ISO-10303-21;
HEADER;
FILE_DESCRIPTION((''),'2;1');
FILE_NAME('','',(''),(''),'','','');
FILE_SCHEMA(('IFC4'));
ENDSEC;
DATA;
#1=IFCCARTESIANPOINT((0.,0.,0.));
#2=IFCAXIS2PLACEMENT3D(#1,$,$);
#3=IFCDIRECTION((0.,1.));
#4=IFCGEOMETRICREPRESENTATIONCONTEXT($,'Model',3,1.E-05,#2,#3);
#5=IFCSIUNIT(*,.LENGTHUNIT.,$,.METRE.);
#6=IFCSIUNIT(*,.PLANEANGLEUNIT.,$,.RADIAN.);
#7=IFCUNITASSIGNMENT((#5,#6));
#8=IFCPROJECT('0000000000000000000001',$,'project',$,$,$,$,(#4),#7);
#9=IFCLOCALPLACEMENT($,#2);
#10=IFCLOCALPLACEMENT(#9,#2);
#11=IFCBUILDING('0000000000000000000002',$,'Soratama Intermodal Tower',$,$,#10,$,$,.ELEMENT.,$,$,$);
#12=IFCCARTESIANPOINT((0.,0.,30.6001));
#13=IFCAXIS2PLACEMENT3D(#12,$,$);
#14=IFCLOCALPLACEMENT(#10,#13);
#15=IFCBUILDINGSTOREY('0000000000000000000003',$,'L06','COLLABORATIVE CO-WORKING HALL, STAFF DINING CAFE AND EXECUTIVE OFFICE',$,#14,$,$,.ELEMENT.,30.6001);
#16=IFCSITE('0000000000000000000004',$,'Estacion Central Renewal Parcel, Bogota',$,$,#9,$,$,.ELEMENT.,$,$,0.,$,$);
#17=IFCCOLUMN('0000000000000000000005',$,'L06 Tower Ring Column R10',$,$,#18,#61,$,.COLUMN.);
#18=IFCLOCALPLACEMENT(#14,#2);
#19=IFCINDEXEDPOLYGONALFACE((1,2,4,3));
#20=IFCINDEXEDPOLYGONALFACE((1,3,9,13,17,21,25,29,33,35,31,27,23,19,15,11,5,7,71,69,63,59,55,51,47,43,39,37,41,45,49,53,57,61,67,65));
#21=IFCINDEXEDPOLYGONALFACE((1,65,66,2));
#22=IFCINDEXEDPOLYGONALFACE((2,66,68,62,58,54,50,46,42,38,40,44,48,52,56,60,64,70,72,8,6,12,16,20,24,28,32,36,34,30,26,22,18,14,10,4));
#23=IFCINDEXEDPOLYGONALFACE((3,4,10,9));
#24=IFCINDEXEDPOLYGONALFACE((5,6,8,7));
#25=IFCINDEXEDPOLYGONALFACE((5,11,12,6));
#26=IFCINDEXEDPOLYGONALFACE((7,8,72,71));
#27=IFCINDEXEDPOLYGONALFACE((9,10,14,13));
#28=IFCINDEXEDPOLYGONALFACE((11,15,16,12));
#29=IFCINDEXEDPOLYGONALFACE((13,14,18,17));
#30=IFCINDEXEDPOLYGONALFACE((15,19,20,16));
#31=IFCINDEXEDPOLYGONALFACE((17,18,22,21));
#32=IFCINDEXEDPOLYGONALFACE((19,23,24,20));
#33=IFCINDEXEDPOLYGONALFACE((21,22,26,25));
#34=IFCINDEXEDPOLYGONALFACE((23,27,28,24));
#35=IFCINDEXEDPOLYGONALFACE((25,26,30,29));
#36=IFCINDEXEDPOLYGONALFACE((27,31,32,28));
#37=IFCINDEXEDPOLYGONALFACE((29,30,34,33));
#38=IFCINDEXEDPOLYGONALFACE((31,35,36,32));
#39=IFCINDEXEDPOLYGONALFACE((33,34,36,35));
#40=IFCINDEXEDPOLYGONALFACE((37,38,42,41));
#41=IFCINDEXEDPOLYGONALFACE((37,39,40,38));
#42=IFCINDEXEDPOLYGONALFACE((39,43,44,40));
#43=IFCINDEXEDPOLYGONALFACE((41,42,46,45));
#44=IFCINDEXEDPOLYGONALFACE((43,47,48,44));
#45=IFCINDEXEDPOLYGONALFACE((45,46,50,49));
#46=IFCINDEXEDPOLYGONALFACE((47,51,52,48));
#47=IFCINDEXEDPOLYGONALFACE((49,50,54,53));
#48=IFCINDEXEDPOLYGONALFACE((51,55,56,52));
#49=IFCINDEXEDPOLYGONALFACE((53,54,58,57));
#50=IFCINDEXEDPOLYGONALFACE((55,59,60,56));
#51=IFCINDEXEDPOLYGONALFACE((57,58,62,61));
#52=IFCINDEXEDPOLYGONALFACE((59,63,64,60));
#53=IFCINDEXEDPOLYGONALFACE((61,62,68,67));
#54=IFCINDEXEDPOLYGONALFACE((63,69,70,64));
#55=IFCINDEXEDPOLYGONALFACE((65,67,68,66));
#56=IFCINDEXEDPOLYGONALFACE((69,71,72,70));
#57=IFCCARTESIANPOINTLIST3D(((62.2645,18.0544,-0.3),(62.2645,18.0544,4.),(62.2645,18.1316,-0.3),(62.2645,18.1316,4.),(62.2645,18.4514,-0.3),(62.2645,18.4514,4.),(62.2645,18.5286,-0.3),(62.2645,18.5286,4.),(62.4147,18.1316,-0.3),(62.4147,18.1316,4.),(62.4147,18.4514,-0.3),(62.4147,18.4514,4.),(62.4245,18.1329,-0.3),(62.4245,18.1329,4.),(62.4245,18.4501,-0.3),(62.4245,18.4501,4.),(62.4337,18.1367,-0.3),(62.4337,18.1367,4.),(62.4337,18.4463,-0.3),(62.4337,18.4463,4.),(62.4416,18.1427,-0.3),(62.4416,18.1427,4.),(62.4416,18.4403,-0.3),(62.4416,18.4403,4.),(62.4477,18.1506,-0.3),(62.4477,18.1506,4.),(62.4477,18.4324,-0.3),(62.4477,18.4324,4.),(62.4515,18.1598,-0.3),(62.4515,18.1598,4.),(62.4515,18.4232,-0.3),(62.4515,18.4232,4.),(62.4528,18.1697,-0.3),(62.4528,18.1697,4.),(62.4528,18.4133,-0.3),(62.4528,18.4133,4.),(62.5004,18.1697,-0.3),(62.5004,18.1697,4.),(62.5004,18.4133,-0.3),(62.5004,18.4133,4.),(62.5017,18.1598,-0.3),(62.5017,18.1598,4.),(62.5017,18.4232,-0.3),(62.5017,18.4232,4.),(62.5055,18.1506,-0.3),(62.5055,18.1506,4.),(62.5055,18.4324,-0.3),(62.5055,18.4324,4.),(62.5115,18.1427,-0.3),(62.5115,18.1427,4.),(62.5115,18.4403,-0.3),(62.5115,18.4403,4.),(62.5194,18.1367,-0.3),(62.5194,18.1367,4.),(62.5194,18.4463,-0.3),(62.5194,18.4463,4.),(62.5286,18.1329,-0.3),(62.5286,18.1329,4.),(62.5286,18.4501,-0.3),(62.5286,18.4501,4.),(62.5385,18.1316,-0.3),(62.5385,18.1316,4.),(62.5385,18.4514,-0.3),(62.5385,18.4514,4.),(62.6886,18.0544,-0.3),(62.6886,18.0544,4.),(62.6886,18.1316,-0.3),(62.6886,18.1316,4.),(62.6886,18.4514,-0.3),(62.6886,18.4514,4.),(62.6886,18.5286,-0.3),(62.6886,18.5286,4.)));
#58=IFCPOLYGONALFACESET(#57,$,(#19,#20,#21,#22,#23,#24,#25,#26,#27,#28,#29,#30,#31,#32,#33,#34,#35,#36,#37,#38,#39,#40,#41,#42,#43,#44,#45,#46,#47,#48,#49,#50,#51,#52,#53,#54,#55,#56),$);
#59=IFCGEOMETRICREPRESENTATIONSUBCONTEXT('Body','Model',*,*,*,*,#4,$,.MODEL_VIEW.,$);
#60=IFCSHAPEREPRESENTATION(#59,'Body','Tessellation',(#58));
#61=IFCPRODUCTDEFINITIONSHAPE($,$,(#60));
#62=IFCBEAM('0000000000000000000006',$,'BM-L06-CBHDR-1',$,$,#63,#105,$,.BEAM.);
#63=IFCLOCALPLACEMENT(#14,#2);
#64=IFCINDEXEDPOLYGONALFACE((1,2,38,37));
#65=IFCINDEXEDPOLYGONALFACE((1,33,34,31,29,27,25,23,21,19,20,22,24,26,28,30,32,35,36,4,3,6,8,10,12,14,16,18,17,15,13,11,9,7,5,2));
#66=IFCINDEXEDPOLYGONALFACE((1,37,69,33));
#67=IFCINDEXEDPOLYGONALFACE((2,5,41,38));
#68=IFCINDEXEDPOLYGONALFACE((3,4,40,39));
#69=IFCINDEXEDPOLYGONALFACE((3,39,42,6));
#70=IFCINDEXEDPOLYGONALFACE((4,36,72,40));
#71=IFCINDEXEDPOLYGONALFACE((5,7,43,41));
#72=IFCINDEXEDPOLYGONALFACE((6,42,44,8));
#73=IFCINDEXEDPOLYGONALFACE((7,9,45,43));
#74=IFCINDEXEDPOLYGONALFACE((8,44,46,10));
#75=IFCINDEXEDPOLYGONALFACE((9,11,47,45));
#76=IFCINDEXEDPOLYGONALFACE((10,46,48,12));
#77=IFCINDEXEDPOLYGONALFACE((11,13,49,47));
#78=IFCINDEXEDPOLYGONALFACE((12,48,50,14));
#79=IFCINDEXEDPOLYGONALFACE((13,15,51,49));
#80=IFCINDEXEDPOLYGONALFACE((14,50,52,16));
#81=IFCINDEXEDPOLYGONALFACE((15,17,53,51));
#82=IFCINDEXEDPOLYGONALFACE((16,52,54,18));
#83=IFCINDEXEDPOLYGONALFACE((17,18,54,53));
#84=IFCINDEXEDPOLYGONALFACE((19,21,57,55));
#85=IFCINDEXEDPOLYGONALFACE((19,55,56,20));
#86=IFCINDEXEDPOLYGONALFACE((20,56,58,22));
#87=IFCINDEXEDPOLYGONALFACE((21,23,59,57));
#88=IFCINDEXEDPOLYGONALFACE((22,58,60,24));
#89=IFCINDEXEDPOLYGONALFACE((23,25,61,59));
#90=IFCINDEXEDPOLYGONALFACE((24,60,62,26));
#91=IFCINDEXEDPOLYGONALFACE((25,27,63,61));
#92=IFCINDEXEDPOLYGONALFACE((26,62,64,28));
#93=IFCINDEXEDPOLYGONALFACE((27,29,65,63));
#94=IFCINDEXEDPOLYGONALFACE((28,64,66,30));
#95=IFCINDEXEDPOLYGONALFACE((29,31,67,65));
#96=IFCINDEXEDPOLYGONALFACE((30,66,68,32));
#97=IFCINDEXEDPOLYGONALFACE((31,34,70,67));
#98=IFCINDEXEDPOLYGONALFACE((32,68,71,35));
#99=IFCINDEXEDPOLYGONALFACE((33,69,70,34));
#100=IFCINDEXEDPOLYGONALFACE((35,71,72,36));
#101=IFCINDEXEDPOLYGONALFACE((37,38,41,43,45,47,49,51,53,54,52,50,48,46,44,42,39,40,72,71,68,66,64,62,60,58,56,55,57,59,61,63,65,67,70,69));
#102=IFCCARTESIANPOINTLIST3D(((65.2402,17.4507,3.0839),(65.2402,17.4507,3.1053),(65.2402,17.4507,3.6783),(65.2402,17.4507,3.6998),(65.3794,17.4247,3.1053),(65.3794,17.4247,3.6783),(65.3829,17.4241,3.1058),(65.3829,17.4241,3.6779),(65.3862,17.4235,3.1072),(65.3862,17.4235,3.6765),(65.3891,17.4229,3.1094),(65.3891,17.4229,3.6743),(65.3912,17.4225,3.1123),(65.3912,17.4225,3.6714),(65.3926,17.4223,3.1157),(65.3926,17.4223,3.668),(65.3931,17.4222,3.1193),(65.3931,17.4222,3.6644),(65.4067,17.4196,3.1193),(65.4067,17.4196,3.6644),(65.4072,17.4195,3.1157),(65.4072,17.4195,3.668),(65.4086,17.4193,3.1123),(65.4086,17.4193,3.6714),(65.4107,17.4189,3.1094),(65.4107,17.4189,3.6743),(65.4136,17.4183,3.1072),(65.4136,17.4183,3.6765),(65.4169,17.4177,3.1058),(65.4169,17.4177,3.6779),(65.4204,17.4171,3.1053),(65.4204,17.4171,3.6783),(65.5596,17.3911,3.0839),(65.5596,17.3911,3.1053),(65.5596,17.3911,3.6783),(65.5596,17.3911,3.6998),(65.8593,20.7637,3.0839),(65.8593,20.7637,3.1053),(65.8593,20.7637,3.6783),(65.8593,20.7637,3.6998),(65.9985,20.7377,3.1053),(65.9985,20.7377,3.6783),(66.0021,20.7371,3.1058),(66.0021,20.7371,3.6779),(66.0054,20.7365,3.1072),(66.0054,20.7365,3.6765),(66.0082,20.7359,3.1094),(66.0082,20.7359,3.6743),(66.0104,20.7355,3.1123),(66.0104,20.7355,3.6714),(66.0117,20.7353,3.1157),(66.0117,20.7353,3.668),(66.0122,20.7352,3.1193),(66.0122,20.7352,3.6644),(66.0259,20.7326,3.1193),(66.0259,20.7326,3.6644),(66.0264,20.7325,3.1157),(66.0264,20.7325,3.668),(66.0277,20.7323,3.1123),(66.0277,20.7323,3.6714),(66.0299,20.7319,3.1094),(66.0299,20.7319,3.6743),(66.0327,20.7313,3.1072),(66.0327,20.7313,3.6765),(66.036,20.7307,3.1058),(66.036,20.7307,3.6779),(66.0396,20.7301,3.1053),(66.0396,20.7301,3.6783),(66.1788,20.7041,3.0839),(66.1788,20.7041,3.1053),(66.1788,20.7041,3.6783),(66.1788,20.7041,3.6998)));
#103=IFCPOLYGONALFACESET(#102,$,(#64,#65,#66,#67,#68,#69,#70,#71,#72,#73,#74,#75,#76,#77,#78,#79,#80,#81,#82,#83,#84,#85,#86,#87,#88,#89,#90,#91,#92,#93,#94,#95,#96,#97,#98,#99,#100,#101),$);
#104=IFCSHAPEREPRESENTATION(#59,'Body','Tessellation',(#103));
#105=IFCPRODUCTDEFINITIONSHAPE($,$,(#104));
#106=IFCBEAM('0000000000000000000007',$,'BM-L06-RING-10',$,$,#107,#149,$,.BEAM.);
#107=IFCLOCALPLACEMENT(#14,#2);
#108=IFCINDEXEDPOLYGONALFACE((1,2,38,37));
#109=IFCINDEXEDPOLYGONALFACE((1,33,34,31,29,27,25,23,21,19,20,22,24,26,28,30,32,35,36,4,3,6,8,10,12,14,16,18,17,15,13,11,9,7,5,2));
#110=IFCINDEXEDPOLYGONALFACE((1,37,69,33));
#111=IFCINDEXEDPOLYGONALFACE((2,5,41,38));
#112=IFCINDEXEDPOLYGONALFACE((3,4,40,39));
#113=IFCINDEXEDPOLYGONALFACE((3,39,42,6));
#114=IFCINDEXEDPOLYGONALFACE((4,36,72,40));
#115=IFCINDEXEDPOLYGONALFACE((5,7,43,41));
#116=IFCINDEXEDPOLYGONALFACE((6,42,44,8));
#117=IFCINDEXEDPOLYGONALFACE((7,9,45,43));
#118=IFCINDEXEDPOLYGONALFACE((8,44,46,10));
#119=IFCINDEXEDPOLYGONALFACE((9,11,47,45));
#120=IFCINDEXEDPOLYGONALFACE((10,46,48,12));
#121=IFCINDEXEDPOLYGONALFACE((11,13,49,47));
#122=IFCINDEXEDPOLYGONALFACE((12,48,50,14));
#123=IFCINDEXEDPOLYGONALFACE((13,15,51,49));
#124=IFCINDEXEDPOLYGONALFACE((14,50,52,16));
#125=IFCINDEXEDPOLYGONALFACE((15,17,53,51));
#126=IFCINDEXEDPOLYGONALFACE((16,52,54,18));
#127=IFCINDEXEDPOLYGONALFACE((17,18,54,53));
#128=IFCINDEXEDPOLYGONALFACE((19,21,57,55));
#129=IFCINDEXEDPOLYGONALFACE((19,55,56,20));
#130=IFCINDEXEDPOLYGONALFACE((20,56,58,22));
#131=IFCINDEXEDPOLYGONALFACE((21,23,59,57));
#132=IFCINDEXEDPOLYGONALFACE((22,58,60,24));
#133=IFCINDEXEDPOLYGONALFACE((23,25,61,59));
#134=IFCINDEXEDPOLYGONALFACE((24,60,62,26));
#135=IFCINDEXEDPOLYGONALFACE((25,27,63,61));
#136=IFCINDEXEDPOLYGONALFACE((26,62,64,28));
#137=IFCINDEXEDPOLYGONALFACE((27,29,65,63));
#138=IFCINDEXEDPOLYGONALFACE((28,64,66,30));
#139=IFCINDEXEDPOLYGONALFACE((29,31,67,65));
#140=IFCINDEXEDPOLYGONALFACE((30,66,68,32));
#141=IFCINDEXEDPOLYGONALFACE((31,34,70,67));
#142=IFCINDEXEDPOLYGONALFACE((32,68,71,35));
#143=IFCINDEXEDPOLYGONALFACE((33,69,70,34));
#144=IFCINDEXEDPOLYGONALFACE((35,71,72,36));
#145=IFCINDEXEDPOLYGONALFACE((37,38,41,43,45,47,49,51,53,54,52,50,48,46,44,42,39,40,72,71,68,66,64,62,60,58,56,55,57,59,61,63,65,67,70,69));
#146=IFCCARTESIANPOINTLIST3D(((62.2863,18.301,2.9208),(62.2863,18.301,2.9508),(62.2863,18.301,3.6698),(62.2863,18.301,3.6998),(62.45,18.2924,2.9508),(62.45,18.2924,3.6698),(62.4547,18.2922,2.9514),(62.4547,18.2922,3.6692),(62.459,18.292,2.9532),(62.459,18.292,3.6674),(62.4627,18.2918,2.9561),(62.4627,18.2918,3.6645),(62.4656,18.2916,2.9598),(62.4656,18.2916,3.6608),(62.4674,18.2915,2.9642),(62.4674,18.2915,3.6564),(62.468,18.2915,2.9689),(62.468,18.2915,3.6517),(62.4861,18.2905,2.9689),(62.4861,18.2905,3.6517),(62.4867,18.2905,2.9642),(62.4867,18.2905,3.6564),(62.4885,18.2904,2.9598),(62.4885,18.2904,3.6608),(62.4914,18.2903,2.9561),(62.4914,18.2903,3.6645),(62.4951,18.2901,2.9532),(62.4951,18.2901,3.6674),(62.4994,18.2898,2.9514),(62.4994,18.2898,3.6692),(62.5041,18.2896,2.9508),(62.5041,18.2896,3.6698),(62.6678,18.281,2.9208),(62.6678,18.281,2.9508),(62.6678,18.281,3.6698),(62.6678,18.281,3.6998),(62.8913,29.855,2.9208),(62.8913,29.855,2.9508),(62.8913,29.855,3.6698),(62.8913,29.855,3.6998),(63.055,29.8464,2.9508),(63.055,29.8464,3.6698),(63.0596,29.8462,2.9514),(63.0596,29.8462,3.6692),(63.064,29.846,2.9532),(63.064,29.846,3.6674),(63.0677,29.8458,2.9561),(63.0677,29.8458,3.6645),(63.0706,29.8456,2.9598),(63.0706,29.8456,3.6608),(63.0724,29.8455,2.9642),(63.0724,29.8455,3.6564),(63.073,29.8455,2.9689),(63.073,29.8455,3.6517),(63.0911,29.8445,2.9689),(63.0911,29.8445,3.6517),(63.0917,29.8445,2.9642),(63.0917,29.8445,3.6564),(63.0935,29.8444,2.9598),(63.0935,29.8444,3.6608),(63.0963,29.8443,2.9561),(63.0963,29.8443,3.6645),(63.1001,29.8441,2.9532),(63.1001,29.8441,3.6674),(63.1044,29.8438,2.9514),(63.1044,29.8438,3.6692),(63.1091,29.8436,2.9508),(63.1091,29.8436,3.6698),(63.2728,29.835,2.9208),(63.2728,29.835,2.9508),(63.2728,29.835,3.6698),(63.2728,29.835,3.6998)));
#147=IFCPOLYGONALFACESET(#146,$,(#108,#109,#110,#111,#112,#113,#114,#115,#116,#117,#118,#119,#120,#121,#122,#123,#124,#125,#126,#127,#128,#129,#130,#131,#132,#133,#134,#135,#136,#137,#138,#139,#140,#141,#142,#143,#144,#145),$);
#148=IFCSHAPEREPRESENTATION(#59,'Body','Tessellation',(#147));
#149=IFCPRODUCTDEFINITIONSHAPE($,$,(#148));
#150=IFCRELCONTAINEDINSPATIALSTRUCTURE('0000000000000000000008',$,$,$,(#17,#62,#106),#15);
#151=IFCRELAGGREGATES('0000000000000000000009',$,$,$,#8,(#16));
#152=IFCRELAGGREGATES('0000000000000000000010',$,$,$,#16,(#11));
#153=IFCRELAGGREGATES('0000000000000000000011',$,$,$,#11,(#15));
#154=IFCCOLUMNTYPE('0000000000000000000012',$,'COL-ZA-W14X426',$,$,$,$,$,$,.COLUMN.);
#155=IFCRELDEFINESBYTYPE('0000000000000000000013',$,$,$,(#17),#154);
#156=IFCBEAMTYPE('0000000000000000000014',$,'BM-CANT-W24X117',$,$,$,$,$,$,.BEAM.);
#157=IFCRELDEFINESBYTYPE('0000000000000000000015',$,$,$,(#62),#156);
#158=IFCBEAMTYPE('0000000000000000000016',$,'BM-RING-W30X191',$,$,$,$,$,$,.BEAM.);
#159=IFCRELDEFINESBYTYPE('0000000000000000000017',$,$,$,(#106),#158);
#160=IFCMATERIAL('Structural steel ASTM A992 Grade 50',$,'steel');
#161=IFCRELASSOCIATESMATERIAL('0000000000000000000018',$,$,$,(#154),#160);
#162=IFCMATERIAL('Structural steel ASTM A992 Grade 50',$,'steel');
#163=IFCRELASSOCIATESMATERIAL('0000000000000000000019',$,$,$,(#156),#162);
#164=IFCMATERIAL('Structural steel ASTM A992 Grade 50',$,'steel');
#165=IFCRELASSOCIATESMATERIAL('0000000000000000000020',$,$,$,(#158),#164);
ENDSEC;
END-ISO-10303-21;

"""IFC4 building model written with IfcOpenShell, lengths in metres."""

from ifc_helpers import new_model, si_unit, direction, frame, origin, origin_2d, place, context, subcontext, project, spatial, i_section, extrude, material, material_profile, profile_set, type_object, element, save


model = new_model("IFC4")

# Units and contexts
model_context = context("Model", 3, precision=1e-05, world=origin(), true_north=direction((0.0, 1.0)))
body_context = subcontext(model_context, "Body", "Model", "MODEL_VIEW")
ifc_project = project(units=[si_unit("LENGTHUNIT", "METRE"), si_unit("PLANEANGLEUNIT", "RADIAN")], contexts=[model_context])

# Site, building, storey
site_placement = place(None, origin())
site = spatial("IfcSite", under=ifc_project, at=site_placement, Name="Estacion Central Renewal Parcel, Bogota", CompositionType="ELEMENT", RefElevation=0.0)
building_placement = place(site_placement, origin())
building = spatial("IfcBuilding", under=site, at=building_placement, Name="Soratama Intermodal Tower", CompositionType="ELEMENT")
storey_placement = place(building_placement, frame((0.0, 0.0, 30.6001)))
storey = spatial("IfcBuildingStorey", under=building, at=storey_placement, Name="L06", Description="COLLABORATIVE CO-WORKING HALL, STAFF DINING CAFE AND EXECUTIVE OFFICE", CompositionType="ELEMENT", Elevation=30.6001)

# Column
ifc_material_1 = material(Name="Structural steel ASTM A992 Grade 50", Category="steel")
ifc_material_profile_1 = material_profile(ifc_material_1, i_section(OverallWidth=0.4241, OverallDepth=0.4741, WebThickness=0.0476, FlangeThickness=0.0771, FilletRadius=0.0381, at=origin_2d()), Name="W14X426")
ifc_profile_set_1 = profile_set([ifc_material_profile_1], Name="Structural steel ASTM A992 Grade 50")
column_type = type_object("IfcColumnType", Name="COL-ZA-W14X426", PredefinedType="COLUMN", material=ifc_profile_set_1)
column_placement = place(storey_placement, frame((62.4766, 18.2915, -0.3), z_axis=(0.0, 0.0, 1.0), x_axis=(1.0, 0.0, 0.0)))
element("IfcColumn", 1, at=column_placement, inside=storey, type_object=column_type, Name="L06 Tower Ring Column R10", PredefinedType="COLUMN", context=body_context, shape_type="SweptSolid", body=[
    extrude(i_section(OverallWidth=0.4241, OverallDepth=0.4741, WebThickness=0.0476, FlangeThickness=0.0771, FilletRadius=0.0381, at=origin_2d()), origin(), (0.0, 0.0, 1.0), 4.3),
])

# Beams
ifc_material_2 = material(Name="Structural steel ASTM A992 Grade 50", Category="steel")
ifc_material_profile_2 = material_profile(ifc_material_2, i_section(OverallWidth=0.325, OverallDepth=0.616, WebThickness=0.0139, FlangeThickness=0.0215, FilletRadius=0.0139, at=origin_2d()), Name="W24X117")
ifc_profile_set_2 = profile_set([ifc_material_profile_2], Name="Structural steel ASTM A992 Grade 50")
beam_type_1 = type_object("IfcBeamType", Name="BM-CANT-W24X117", PredefinedType="BEAM", material=ifc_profile_set_2)
beam_1_placement = place(storey_placement, frame((65.3999, 17.4209, 3.3918), z_axis=(0.183702, 0.982982, 0.0), x_axis=(-0.982982, 0.183702, 0.0)))
element("IfcBeam", 2, at=beam_1_placement, inside=storey, type_object=beam_type_1, Name="BM-L06-CBHDR-1", PredefinedType="BEAM", context=body_context, shape_type="SweptSolid", body=[
    extrude(i_section(OverallWidth=0.325, OverallDepth=0.616, WebThickness=0.0139, FlangeThickness=0.0215, FilletRadius=0.0139, at=origin_2d()), origin(), (0.0, 0.0, 1.0), 3.3704),
])
ifc_material_3 = material(Name="Structural steel ASTM A992 Grade 50", Category="steel")
ifc_material_profile_3 = material_profile(ifc_material_3, i_section(OverallWidth=0.3821, OverallDepth=0.7791, WebThickness=0.0181, FlangeThickness=0.03, FilletRadius=0.0181, at=origin_2d()), Name="W30X191")
ifc_profile_set_3 = profile_set([ifc_material_profile_3], Name="Structural steel ASTM A992 Grade 50")
beam_type_2 = type_object("IfcBeamType", Name="BM-RING-W30X191", PredefinedType="BEAM", material=ifc_profile_set_3)
beam_2_placement = place(storey_placement, frame((62.4771, 18.291, 3.3103), z_axis=(0.05229, 0.998632, 0.0), x_axis=(-0.998632, 0.05229, 0.0)))
element("IfcBeam", 3, at=beam_2_placement, inside=storey, type_object=beam_type_2, Name="BM-L06-RING-10", PredefinedType="BEAM", context=body_context, shape_type="SweptSolid", body=[
    extrude(i_section(OverallWidth=0.3821, OverallDepth=0.7791, WebThickness=0.0181, FlangeThickness=0.03, FilletRadius=0.0181, at=origin_2d()), origin(), (0.0, 0.0, 1.0), 11.5698),
])

save(model, "model.ifc")
